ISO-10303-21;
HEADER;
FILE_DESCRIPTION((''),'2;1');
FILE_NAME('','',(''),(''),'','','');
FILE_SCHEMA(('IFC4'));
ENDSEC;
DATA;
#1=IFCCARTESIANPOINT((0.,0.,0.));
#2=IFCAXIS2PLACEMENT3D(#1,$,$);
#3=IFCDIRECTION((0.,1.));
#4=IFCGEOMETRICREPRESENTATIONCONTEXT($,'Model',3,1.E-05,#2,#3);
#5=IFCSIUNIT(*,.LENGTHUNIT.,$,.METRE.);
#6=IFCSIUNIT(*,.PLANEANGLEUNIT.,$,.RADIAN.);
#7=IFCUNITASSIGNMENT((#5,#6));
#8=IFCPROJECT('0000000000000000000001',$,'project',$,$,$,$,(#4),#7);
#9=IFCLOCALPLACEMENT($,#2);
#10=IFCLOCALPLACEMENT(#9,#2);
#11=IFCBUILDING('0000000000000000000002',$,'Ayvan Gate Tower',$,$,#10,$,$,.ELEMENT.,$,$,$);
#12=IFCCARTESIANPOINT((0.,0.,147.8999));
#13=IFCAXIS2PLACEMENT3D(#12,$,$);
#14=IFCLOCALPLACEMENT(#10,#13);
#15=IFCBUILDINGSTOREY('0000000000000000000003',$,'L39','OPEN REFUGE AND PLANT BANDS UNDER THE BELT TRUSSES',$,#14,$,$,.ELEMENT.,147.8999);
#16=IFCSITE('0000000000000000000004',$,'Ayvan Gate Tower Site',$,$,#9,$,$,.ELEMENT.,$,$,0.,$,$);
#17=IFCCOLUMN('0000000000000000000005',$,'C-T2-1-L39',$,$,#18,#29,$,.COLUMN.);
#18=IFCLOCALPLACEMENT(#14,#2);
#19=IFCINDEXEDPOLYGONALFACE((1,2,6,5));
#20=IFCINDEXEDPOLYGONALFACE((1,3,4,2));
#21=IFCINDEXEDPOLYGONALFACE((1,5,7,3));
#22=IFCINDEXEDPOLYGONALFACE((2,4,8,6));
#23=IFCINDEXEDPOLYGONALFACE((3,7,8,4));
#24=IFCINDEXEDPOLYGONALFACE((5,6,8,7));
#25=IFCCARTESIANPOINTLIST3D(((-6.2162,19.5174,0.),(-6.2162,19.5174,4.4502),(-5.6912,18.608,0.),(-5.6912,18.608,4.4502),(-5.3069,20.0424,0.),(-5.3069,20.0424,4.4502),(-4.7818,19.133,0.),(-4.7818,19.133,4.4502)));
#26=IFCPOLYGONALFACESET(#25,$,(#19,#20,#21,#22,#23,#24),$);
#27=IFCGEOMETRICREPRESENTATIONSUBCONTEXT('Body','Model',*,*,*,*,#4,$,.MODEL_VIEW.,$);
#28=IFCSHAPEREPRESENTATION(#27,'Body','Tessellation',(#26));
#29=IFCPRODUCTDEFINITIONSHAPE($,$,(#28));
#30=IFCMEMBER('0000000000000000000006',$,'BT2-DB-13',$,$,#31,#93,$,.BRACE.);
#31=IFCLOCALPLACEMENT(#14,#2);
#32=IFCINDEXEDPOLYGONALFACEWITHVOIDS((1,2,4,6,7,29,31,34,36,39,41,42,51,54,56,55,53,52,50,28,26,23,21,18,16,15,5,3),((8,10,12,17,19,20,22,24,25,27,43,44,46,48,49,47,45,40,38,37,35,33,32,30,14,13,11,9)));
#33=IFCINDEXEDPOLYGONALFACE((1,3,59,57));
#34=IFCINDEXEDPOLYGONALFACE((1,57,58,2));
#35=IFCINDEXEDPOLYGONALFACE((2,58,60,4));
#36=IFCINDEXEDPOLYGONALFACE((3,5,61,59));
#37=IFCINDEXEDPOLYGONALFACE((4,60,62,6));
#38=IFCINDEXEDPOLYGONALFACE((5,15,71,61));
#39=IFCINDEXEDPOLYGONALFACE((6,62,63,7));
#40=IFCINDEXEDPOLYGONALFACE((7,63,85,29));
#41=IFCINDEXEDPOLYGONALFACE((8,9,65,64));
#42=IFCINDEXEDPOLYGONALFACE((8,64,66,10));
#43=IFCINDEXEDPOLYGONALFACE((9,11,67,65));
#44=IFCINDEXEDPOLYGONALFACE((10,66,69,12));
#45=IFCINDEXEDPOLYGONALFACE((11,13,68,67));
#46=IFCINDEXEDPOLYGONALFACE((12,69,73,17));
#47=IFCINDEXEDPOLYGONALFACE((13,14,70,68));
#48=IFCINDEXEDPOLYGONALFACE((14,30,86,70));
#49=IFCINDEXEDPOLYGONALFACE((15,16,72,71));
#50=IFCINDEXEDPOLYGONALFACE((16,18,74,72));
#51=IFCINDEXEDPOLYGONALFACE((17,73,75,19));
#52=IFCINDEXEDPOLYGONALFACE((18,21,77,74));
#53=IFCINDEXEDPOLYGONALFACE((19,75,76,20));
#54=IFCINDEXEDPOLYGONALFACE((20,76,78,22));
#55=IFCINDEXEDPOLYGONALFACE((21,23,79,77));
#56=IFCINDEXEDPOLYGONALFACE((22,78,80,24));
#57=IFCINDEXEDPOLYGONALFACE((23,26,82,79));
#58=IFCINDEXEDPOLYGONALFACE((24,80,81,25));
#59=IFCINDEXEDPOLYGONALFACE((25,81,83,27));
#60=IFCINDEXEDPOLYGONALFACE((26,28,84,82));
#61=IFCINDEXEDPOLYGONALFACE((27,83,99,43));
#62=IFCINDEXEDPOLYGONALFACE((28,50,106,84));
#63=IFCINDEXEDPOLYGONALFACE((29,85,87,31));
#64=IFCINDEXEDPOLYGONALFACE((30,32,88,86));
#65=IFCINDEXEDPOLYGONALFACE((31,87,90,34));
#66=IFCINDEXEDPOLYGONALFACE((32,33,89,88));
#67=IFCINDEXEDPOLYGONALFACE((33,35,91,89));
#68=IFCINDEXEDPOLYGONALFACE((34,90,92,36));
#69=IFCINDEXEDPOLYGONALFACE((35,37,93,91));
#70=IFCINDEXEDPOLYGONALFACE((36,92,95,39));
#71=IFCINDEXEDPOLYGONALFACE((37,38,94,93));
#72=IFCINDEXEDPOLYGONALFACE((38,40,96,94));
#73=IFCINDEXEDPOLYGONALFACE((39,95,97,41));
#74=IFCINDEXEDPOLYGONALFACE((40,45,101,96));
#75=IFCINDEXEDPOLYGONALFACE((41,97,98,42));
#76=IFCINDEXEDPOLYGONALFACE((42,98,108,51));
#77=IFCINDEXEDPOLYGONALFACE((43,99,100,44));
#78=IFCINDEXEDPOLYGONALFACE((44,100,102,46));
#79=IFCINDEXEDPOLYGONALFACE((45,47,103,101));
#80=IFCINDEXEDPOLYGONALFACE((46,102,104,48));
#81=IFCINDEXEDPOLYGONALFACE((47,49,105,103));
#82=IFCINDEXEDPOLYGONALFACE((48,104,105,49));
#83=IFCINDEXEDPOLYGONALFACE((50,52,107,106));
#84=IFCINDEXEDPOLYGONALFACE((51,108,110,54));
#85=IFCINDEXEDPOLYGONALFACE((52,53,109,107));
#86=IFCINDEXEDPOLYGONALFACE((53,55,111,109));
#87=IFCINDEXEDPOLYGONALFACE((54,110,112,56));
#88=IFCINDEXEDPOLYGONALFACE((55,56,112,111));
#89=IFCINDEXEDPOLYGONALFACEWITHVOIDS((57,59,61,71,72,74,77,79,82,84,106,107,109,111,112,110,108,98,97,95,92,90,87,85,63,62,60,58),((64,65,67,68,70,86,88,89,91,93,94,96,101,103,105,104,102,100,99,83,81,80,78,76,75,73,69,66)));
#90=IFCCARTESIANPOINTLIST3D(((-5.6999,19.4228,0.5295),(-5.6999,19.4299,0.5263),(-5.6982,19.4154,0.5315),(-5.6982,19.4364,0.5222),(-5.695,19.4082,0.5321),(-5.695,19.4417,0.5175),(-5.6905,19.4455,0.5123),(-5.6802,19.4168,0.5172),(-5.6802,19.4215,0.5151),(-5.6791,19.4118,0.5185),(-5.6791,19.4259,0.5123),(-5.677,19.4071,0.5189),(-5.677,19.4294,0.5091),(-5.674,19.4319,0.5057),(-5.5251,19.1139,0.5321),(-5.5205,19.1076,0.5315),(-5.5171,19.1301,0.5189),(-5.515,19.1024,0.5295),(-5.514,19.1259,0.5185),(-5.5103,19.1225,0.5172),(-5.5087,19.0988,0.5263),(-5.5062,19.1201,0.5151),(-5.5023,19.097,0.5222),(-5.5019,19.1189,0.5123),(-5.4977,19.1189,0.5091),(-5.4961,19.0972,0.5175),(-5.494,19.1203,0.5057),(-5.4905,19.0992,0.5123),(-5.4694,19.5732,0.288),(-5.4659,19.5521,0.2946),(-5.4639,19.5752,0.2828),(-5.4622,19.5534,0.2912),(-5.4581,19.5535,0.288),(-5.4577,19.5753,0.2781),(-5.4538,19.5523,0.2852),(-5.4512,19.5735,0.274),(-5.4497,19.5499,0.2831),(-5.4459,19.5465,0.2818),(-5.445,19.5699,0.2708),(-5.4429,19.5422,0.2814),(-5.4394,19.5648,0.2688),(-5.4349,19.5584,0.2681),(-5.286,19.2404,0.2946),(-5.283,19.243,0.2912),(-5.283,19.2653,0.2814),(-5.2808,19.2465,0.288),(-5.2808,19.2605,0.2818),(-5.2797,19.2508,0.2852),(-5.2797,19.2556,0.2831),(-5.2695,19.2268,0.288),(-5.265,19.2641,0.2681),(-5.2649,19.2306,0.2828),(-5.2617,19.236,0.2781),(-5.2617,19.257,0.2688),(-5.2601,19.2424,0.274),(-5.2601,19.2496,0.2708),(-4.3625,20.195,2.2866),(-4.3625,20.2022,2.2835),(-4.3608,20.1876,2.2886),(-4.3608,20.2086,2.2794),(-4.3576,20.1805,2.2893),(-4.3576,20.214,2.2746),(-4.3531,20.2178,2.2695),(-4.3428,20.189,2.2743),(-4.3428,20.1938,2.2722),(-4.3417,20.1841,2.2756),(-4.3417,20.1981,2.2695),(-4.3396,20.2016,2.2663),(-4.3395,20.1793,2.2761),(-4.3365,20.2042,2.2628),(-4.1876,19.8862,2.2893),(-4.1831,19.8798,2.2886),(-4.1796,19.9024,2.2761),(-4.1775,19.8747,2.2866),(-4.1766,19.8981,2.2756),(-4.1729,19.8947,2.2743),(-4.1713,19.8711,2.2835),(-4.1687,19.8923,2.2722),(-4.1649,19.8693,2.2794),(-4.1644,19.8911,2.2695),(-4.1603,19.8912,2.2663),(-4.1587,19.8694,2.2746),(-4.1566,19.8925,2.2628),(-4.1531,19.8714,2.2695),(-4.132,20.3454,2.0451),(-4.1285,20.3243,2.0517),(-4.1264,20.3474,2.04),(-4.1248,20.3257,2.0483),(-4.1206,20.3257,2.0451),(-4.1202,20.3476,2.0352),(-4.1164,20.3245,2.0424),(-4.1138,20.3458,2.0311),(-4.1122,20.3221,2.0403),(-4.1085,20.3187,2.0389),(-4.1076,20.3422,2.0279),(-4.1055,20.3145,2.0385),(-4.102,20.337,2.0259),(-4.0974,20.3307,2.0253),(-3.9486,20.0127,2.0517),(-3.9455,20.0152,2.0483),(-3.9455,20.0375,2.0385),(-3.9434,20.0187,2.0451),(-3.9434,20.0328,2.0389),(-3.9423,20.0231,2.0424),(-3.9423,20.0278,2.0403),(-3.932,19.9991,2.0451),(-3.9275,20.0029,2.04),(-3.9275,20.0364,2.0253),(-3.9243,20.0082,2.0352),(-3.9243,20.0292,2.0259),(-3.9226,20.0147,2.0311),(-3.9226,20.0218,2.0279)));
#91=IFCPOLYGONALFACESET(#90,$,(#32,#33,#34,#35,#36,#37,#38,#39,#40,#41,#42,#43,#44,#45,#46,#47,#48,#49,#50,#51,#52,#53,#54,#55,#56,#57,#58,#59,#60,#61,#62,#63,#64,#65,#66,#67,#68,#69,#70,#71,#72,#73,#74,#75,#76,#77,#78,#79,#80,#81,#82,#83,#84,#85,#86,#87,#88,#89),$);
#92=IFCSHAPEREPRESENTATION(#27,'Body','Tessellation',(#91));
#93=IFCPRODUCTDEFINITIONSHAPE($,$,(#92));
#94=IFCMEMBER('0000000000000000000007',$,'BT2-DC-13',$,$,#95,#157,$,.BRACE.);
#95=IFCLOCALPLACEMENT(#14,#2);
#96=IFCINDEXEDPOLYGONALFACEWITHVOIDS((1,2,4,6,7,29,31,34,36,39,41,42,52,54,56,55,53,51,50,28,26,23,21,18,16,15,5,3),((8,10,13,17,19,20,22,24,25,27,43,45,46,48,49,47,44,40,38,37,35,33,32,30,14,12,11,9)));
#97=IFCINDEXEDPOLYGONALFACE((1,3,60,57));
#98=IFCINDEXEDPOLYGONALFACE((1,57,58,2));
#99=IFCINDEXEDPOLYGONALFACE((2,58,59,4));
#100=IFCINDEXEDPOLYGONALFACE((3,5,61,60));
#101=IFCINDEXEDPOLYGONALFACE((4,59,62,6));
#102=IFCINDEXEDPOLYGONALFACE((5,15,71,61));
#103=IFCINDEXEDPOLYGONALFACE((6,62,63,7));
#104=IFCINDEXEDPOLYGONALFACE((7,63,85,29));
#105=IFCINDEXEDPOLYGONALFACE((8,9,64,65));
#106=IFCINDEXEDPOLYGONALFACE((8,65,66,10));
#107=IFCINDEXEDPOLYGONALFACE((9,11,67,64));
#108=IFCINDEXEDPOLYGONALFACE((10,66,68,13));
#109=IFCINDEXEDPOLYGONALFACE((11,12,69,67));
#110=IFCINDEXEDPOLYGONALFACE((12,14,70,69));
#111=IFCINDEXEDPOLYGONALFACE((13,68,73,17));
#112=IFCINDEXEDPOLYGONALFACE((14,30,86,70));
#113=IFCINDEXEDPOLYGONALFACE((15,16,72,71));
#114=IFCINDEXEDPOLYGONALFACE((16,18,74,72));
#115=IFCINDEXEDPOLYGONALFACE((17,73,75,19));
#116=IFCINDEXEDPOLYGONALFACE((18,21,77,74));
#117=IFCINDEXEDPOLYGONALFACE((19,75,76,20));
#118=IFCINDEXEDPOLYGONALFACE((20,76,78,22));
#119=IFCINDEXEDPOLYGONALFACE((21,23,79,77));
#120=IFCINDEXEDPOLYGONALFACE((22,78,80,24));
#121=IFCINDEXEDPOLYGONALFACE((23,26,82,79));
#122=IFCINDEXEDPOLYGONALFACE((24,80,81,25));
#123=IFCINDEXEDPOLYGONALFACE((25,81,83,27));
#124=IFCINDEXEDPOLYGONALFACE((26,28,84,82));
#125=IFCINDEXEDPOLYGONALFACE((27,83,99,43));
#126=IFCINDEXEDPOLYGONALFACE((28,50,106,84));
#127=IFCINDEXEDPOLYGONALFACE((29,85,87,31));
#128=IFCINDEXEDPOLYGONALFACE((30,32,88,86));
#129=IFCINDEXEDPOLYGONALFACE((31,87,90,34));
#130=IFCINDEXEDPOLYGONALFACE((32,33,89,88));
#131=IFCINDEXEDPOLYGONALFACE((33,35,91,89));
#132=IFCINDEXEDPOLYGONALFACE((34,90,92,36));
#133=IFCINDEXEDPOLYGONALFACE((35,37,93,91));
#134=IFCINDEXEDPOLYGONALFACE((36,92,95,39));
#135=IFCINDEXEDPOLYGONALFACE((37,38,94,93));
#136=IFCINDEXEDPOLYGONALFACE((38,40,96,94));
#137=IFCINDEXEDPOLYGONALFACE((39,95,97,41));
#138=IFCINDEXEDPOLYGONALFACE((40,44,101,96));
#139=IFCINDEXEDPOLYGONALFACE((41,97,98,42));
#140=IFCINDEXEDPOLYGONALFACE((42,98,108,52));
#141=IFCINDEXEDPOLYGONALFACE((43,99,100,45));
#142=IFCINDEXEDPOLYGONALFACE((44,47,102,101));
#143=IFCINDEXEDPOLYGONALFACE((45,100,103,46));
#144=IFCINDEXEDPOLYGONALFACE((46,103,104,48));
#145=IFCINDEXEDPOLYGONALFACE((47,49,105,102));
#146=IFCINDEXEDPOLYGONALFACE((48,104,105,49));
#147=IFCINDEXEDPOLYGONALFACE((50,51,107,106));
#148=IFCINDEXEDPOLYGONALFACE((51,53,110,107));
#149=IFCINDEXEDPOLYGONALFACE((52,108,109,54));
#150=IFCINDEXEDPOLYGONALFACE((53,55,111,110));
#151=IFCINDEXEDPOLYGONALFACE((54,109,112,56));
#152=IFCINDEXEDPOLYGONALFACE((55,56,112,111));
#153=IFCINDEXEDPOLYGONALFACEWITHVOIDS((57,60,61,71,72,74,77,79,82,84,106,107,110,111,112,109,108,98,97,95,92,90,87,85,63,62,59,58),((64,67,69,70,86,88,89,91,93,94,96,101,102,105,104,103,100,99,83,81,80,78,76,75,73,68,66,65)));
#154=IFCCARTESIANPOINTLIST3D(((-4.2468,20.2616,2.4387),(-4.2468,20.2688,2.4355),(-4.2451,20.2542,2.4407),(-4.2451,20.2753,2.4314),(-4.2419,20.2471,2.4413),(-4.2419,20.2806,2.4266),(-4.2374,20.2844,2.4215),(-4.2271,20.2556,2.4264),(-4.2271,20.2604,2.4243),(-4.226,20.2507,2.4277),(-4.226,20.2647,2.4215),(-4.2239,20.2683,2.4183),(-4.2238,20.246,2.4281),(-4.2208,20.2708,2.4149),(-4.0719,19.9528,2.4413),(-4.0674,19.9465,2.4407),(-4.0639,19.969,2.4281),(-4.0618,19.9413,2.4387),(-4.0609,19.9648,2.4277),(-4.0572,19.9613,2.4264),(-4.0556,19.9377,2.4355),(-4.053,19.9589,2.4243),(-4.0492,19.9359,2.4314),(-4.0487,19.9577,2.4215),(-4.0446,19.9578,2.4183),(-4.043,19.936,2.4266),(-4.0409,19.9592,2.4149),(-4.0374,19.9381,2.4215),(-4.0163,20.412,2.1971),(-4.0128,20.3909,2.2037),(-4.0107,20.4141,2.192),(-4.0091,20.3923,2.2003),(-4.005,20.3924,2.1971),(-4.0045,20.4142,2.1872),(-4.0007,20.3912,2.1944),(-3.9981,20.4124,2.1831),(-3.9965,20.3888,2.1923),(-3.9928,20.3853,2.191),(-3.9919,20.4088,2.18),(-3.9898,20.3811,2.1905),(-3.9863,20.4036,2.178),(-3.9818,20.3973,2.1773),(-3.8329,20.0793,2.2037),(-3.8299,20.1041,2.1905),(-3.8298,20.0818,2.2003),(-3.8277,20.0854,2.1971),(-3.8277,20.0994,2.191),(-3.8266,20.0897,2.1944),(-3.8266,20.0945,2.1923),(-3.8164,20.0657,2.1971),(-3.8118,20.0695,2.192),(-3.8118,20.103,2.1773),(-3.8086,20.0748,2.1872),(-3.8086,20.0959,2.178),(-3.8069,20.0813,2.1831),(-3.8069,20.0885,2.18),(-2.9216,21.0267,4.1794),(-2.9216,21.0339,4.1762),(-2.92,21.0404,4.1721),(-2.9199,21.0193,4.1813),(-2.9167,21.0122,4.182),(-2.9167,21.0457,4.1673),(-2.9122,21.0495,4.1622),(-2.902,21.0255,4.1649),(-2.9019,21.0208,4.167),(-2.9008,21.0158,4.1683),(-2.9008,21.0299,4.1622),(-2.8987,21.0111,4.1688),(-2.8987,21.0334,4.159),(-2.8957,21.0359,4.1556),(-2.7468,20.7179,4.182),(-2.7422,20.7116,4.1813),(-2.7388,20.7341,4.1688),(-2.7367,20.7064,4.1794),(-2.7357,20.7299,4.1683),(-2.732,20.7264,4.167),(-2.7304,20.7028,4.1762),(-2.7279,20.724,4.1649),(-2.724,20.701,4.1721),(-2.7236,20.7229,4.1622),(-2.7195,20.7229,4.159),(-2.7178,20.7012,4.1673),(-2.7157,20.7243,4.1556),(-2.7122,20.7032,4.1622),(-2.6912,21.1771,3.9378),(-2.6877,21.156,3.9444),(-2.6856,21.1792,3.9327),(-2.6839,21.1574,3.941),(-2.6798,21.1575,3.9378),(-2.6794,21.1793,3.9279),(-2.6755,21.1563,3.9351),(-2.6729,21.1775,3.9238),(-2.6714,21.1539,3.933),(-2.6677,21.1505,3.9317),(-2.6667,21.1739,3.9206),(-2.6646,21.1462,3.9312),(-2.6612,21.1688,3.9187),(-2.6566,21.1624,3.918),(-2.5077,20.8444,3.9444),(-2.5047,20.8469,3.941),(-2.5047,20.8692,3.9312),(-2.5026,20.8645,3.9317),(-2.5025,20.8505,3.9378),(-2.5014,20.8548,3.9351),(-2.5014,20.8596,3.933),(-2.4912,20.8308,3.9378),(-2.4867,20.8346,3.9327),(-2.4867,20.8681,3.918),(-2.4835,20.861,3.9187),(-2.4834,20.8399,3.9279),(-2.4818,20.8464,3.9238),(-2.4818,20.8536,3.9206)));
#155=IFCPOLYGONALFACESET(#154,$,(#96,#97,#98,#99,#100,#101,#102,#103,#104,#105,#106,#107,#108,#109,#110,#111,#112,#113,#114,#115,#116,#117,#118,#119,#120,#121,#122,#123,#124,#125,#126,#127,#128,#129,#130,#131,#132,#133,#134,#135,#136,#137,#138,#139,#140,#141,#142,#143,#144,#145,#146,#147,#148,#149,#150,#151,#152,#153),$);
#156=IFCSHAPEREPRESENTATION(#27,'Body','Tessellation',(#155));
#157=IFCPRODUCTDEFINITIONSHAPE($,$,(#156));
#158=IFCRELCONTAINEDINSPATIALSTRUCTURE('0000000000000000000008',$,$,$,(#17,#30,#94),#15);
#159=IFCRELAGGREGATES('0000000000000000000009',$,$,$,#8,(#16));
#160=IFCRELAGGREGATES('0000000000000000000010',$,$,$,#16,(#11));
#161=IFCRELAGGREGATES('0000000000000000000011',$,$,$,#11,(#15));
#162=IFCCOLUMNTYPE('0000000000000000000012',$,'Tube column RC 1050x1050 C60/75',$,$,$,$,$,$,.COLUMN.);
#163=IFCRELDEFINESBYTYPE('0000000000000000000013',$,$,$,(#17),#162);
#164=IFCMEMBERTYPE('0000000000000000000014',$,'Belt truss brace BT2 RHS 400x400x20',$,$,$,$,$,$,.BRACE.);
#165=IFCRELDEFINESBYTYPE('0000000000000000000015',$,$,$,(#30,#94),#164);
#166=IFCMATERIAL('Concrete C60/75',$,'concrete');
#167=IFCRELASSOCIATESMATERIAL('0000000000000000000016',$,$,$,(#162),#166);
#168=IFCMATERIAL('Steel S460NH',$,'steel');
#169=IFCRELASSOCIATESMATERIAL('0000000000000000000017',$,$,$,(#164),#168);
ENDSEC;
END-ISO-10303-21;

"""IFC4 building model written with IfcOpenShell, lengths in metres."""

from ifc_helpers import new_model, si_unit, direction, frame, origin, origin_2d, place, context, subcontext, project, spatial, rectangle, hollow_rectangle, extrude, material, material_profile, profile_set, type_object, element, save


model = new_model("IFC4")

# Units and contexts
model_context = context("Model", 3, precision=1e-05, world=origin(), true_north=direction((0.0, 1.0)))
body_context = subcontext(model_context, "Body", "Model", "MODEL_VIEW")
ifc_project = project(units=[si_unit("LENGTHUNIT", "METRE"), si_unit("PLANEANGLEUNIT", "RADIAN")], contexts=[model_context])

# Site, building, storey
site_placement = place(None, origin())
site = spatial("IfcSite", under=ifc_project, at=site_placement, Name="Ayvan Gate Tower Site", CompositionType="ELEMENT", RefElevation=0.0)
building_placement = place(site_placement, origin())
building = spatial("IfcBuilding", under=site, at=building_placement, Name="Ayvan Gate Tower", CompositionType="ELEMENT")
storey_placement = place(building_placement, frame((0.0, 0.0, 147.8999)))
storey = spatial("IfcBuildingStorey", under=building, at=storey_placement, Name="L39", Description="OPEN REFUGE AND PLANT BANDS UNDER THE BELT TRUSSES", CompositionType="ELEMENT", Elevation=147.8999)

# Column
ifc_material_1 = material(Name="Concrete C60/75", Category="concrete")
ifc_material_profile_1 = material_profile(ifc_material_1, rectangle(XDim=1.05, YDim=1.05, at=origin_2d()), Name="RC 1050x1050")
ifc_profile_set_1 = profile_set([ifc_material_profile_1], Name="Concrete C60/75")
column_type = type_object("IfcColumnType", Name="Tube column RC 1050x1050 C60/75", PredefinedType="COLUMN", material=ifc_profile_set_1)
column_placement = place(storey_placement, frame((-5.499, 19.3252, 0.0), z_axis=(0.0, 0.0, 1.0), x_axis=(-0.5, 0.866025, 0.0)))
element("IfcColumn", 1, at=column_placement, inside=storey, type_object=column_type, Name="C-T2-1-L39", PredefinedType="COLUMN", context=body_context, shape_type="SweptSolid", body=[
    extrude(rectangle(XDim=1.05, YDim=1.05, at=origin_2d()), origin(), (0.0, 0.0, 1.0), 4.4502),
])

# Members
ifc_material_2 = material(Name="Steel S460NH", Category="steel")
ifc_material_profile_2 = material_profile(ifc_material_2, hollow_rectangle(XDim=0.3999, YDim=0.3999, WallThickness=0.02, InnerFilletRadius=0.02, OuterFilletRadius=0.03, at=origin_2d()), Name="RHS 400x400x20")
ifc_profile_set_2 = profile_set([ifc_material_profile_2], Name="Steel S460NH")
member_type_1 = type_object("IfcMemberType", Name="Belt truss brace BT2 RHS 400x400x20", PredefinedType="BRACE", material=ifc_profile_set_2)
member_1_placement = place(storey_placement, frame((-5.48, 19.3362, 0.4001), z_axis=(0.571712, 0.330107, 0.751116), x_axis=(-0.500033, 0.866007, 0.0)))
element("IfcMember", 2, at=member_1_placement, inside=storey, type_object=member_type_1, Name="BT2-DB-13", PredefinedType="BRACE", context=body_context, shape_type="SweptSolid", body=[
    extrude(hollow_rectangle(XDim=0.3999, YDim=0.3999, WallThickness=0.02, InnerFilletRadius=0.02, OuterFilletRadius=0.03, at=origin_2d()), origin(), (0.0, 0.0, 1.0), 2.3394),
])
member_2_placement = place(storey_placement, frame((-4.0269, 20.175, 2.3093), z_axis=(0.571774, 0.330129, 0.751059), x_axis=(-0.500017, 0.866016, 0.0)))
element("IfcMember", 3, at=member_2_placement, inside=storey, type_object=member_type_1, Name="BT2-DC-13", PredefinedType="BRACE", context=body_context, shape_type="SweptSolid", body=[
    extrude(hollow_rectangle(XDim=0.3999, YDim=0.3999, WallThickness=0.02, InnerFilletRadius=0.02, OuterFilletRadius=0.03, at=origin_2d()), origin(), (0.0, 0.0, 1.0), 2.3176),
])

save(model, "model.ifc")
